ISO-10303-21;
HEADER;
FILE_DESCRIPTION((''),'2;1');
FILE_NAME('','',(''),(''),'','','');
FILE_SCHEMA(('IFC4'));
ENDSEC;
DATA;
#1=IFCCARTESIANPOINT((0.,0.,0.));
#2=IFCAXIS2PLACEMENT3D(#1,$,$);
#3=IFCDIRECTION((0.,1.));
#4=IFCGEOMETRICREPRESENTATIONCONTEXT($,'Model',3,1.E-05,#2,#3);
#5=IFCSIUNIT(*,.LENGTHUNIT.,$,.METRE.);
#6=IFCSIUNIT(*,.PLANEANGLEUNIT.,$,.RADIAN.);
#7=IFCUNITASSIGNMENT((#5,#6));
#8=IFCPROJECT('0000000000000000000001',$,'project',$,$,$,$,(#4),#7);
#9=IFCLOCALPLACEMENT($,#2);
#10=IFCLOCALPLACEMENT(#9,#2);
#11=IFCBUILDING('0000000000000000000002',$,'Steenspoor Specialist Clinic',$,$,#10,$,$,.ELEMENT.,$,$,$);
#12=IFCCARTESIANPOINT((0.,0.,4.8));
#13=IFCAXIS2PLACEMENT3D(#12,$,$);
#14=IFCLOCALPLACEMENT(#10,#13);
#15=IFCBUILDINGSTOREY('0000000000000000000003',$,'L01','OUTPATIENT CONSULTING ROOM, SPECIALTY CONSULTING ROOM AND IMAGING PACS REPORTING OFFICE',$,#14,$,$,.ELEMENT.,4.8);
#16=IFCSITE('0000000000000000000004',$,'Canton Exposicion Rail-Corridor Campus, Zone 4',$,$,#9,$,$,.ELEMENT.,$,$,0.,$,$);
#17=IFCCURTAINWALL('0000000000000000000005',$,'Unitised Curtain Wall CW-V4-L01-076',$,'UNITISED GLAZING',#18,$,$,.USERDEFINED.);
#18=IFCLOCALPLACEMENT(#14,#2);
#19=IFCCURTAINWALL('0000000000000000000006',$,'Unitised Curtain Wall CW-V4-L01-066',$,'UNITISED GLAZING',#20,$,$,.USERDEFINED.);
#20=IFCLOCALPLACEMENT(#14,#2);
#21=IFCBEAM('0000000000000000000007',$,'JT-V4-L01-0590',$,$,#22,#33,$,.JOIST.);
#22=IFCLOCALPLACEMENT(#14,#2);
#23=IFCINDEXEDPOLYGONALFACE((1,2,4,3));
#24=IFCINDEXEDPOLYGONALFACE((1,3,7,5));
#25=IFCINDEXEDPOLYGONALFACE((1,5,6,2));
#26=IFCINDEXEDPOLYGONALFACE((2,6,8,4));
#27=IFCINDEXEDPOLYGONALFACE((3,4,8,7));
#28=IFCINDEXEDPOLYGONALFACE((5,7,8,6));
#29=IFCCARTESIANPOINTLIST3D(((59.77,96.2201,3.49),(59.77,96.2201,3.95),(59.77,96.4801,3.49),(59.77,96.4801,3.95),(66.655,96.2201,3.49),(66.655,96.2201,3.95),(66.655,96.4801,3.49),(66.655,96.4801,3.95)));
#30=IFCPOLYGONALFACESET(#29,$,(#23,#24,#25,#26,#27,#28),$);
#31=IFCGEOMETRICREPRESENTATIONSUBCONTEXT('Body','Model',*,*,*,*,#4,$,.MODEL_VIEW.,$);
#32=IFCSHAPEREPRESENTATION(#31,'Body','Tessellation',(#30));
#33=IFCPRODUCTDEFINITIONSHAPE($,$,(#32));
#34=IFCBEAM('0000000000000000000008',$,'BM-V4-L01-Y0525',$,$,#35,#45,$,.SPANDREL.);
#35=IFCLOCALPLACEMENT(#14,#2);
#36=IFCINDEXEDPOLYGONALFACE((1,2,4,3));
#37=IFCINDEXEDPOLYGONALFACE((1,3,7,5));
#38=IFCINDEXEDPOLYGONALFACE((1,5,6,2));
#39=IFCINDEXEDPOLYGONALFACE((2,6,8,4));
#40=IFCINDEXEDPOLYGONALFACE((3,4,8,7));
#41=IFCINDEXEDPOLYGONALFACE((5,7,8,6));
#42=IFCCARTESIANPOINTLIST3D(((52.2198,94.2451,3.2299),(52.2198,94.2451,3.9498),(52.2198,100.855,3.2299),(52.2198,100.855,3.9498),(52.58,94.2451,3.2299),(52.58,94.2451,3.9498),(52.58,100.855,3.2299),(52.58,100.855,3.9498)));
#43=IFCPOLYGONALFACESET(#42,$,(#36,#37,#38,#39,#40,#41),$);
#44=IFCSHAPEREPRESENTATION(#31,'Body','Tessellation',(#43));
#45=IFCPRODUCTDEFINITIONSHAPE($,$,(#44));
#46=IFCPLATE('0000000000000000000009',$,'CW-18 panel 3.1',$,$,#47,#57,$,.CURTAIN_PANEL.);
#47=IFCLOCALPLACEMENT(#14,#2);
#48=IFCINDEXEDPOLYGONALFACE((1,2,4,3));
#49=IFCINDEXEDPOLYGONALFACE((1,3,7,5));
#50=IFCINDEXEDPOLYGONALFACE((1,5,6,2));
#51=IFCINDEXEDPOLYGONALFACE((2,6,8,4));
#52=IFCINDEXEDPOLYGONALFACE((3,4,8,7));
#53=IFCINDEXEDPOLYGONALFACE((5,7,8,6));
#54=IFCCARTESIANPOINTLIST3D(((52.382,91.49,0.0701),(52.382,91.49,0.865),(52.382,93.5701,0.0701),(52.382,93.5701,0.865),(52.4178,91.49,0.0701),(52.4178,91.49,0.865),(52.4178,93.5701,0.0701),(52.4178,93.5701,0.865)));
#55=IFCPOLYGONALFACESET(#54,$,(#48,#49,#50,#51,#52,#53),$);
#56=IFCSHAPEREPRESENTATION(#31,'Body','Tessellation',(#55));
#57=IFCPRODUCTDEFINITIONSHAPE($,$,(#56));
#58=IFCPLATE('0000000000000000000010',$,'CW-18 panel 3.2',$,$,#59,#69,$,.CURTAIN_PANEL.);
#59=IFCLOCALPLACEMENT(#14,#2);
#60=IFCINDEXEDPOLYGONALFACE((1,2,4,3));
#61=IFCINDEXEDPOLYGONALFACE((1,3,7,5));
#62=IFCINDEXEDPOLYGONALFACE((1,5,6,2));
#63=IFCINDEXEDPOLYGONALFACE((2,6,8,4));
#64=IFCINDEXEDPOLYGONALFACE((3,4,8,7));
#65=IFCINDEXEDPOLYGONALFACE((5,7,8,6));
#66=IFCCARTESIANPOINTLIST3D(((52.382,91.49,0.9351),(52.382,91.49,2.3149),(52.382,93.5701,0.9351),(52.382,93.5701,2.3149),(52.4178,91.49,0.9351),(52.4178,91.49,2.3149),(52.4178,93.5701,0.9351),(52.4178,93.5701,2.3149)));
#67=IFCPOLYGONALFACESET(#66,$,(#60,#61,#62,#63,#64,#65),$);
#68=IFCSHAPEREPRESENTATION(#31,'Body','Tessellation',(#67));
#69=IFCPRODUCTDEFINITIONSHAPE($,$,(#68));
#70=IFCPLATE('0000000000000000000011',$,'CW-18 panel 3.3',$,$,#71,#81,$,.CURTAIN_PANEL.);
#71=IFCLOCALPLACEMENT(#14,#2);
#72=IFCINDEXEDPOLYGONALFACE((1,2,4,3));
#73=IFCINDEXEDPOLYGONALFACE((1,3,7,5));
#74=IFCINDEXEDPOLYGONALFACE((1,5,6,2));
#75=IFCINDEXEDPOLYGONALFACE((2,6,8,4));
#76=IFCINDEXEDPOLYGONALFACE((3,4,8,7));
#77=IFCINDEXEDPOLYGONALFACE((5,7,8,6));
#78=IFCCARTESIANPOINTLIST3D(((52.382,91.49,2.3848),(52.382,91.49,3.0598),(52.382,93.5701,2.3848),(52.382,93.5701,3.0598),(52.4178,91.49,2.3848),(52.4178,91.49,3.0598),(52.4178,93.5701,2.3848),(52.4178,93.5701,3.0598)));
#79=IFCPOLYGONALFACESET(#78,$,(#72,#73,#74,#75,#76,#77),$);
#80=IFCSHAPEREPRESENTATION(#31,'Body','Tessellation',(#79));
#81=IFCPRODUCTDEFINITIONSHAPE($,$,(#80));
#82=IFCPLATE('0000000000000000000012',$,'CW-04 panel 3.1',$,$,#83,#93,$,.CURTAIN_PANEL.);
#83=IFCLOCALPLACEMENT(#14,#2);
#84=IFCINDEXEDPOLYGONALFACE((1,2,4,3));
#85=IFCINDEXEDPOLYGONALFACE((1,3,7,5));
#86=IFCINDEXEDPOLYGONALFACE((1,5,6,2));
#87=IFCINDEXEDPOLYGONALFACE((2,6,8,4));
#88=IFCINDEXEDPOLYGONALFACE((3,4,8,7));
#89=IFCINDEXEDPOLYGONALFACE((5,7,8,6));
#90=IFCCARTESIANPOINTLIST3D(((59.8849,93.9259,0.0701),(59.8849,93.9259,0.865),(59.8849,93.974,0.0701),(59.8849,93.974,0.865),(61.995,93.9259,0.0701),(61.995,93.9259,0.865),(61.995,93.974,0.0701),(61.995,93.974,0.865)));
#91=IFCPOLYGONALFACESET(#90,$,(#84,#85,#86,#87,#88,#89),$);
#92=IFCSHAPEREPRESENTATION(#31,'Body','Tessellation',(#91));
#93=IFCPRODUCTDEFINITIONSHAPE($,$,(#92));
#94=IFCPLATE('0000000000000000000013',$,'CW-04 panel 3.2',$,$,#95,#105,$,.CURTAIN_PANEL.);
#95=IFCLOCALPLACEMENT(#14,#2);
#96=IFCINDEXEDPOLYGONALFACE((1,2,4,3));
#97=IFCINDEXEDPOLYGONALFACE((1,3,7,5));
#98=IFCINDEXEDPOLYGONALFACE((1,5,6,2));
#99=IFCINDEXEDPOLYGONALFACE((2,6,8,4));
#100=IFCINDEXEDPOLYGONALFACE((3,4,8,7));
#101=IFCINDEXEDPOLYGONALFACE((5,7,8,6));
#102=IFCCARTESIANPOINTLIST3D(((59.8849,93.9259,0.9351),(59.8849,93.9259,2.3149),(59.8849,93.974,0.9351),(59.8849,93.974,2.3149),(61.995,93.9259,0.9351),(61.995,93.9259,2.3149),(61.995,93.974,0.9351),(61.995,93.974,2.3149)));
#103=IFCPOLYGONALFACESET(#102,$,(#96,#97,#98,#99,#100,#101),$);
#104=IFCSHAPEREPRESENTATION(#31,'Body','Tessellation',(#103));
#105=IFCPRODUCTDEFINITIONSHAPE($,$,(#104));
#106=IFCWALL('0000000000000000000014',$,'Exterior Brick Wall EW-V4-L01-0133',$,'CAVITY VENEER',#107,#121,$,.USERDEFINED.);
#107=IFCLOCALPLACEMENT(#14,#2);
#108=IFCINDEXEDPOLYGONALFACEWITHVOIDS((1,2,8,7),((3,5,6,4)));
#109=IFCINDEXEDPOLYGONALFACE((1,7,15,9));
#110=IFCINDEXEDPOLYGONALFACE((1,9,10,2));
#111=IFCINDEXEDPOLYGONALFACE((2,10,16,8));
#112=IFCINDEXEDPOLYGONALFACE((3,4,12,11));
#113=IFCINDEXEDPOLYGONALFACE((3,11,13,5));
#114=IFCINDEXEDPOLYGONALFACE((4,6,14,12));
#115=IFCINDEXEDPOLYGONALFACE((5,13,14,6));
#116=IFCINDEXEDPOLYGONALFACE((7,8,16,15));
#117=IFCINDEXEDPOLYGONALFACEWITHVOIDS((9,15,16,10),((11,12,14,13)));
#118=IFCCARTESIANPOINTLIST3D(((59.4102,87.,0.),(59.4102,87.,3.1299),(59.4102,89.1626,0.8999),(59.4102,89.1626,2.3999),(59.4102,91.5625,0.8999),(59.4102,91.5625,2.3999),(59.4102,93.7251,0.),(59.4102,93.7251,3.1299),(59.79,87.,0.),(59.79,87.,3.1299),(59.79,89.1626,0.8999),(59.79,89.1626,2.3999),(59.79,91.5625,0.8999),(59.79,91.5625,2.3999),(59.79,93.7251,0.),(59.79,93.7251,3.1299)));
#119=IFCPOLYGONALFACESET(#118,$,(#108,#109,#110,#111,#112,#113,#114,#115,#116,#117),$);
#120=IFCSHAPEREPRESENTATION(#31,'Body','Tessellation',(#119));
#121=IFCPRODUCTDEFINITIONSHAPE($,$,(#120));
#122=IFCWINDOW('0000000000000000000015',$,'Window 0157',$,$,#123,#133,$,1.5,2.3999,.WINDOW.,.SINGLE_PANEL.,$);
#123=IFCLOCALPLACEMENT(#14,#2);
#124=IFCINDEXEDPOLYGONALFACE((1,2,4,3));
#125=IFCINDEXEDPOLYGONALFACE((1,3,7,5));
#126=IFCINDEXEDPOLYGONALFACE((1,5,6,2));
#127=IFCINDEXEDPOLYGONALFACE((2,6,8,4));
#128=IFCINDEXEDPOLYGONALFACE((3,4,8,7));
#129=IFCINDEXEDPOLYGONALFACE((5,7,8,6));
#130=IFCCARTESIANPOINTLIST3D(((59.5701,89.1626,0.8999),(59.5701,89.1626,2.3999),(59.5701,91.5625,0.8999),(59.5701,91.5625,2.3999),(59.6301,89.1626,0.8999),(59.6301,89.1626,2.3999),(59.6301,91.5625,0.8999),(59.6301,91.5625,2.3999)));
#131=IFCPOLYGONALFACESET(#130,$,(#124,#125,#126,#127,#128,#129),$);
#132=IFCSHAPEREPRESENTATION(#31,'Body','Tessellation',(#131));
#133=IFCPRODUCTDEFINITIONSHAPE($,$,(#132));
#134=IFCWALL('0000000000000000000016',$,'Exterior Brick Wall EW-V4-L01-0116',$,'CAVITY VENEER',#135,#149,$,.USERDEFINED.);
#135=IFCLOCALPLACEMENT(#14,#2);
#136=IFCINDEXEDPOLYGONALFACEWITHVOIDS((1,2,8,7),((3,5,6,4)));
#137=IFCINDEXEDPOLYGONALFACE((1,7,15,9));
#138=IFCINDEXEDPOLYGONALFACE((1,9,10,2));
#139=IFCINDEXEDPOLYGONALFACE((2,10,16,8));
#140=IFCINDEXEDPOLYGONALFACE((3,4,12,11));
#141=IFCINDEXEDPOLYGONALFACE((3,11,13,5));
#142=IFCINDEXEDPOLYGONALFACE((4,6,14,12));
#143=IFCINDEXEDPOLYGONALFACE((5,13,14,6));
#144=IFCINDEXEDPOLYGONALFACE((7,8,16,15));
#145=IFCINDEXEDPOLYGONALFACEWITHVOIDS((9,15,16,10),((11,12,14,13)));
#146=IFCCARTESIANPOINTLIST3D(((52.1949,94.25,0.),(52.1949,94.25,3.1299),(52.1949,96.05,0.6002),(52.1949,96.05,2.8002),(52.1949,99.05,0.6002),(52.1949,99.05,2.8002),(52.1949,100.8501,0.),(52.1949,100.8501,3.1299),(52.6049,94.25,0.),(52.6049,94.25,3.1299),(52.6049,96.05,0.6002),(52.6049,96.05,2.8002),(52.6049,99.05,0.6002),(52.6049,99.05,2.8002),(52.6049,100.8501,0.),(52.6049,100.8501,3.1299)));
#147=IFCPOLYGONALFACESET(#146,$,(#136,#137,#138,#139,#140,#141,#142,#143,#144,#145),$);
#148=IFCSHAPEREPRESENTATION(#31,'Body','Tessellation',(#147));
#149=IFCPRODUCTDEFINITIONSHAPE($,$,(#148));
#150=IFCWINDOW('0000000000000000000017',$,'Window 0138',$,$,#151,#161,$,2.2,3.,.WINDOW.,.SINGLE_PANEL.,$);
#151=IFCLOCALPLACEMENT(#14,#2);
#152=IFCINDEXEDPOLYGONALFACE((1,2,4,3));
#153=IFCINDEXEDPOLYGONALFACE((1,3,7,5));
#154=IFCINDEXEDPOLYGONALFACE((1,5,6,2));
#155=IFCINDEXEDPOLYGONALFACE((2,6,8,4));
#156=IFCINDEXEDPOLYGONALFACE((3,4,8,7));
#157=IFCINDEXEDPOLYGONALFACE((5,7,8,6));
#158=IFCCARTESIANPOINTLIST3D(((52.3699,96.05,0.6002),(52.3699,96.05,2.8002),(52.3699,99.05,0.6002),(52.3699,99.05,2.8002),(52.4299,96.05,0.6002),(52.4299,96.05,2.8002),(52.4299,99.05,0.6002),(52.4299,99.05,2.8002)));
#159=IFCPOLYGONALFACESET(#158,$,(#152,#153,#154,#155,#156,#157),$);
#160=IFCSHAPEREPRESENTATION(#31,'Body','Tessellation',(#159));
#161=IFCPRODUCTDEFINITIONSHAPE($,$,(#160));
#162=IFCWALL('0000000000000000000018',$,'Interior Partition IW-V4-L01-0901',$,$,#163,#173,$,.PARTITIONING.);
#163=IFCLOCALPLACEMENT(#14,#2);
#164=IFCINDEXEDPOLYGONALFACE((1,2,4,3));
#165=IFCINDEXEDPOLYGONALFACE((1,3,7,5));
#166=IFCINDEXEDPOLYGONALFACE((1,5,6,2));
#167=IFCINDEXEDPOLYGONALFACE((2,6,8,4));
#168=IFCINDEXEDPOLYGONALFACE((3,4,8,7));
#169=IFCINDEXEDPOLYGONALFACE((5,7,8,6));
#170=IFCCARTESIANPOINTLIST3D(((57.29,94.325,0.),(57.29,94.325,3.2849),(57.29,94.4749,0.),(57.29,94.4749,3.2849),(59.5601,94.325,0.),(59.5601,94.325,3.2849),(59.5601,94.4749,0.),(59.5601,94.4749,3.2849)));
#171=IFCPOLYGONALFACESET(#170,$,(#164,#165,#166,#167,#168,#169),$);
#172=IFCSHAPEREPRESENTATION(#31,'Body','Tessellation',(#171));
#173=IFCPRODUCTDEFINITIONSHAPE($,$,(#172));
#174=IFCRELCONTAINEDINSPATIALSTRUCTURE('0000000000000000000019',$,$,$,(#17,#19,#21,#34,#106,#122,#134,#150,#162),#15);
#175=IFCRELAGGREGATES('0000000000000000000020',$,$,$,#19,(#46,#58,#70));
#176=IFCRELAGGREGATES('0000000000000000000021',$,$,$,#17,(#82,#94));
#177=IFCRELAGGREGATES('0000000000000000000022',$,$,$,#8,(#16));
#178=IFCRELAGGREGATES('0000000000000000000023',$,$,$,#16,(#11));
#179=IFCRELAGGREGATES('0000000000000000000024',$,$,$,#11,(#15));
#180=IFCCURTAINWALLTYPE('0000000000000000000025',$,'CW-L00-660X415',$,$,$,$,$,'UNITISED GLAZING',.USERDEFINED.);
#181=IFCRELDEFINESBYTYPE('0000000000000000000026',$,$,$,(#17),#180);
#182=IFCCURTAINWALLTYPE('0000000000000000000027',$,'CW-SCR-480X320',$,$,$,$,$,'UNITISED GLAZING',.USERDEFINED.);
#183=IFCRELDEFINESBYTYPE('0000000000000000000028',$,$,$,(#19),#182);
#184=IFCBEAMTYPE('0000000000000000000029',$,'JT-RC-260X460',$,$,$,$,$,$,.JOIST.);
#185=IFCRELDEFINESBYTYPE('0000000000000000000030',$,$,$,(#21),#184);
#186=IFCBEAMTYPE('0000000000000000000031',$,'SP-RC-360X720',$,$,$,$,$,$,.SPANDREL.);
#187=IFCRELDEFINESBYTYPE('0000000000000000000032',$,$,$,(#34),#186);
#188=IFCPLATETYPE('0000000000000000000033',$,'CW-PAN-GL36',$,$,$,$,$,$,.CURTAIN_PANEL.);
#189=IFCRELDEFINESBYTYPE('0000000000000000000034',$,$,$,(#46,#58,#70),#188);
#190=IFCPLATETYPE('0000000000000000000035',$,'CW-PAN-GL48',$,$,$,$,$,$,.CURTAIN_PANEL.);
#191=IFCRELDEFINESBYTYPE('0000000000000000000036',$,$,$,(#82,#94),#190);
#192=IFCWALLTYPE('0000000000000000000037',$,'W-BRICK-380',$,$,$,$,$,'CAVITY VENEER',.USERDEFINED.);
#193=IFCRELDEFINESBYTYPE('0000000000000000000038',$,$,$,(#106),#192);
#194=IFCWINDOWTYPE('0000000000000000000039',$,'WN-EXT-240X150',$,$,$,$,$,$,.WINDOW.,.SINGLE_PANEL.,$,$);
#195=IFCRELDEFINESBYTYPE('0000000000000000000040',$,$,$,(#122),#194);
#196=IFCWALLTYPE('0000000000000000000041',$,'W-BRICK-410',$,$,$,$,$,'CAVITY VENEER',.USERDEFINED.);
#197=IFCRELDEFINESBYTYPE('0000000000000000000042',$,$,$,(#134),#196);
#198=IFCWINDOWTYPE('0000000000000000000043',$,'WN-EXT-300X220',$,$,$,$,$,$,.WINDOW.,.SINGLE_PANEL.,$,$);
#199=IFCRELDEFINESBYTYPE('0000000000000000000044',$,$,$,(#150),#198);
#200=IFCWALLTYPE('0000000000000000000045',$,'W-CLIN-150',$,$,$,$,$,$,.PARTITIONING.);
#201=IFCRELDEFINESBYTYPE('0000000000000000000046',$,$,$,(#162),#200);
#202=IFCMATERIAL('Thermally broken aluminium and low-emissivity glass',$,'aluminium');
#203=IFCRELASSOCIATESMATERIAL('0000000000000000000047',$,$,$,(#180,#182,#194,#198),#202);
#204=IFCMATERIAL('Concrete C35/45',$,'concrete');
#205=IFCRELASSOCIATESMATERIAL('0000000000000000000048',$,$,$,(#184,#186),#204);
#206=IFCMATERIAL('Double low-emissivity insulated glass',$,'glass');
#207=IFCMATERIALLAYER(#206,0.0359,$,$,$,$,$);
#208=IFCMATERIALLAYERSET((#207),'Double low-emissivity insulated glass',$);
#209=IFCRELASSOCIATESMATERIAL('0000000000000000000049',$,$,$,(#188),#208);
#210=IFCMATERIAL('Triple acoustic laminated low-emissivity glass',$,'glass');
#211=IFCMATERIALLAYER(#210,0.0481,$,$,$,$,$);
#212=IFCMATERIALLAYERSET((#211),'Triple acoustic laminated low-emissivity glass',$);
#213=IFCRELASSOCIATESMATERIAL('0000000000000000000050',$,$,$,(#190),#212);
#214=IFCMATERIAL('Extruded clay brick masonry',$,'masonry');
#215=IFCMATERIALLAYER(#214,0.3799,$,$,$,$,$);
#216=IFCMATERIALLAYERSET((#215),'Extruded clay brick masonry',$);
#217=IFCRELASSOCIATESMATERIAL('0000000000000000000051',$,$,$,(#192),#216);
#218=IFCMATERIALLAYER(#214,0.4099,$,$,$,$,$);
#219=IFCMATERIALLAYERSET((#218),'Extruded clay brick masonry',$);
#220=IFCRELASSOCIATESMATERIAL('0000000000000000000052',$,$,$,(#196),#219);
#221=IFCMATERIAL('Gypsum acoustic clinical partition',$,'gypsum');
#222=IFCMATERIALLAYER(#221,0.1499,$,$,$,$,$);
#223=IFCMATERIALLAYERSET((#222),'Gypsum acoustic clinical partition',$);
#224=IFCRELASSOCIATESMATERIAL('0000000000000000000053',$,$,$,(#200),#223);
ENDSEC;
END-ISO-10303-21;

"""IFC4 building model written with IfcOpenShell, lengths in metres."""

from ifc_helpers import new_model, si_unit, direction, frame, frame_2d, origin, origin_2d, place, context, subcontext, project, spatial, rectangle, extrude, material, layer, layer_set, material_profile, profile_set, type_object, element, fill, aggregate, save


model = new_model("IFC4")

# Units and contexts
model_context = context("Model", 3, precision=1e-05, world=origin(), true_north=direction((0.0, 1.0)))
body_context = subcontext(model_context, "Body", "Model", "MODEL_VIEW")
ifc_project = project(units=[si_unit("LENGTHUNIT", "METRE"), si_unit("PLANEANGLEUNIT", "RADIAN")], contexts=[model_context])

# Site, building, storey
site_placement = place(None, origin())
site = spatial("IfcSite", under=ifc_project, at=site_placement, Name="Canton Exposicion Rail-Corridor Campus, Zone 4", CompositionType="ELEMENT", RefElevation=0.0)
building_placement = place(site_placement, origin())
building = spatial("IfcBuilding", under=site, at=building_placement, Name="Steenspoor Specialist Clinic", CompositionType="ELEMENT")
storey_placement = place(building_placement, frame((0.0, 0.0, 4.8)))
storey = spatial("IfcBuildingStorey", under=building, at=storey_placement, Name="L01", Description="OUTPATIENT CONSULTING ROOM, SPECIALTY CONSULTING ROOM AND IMAGING PACS REPORTING OFFICE", CompositionType="ELEMENT", Elevation=4.8)

# Shared definitions
ifc_material_1 = material(Name="Concrete C35/45", Category="concrete")

# Curtain wall
ifc_material_2 = material(Name="Thermally broken aluminium and low-emissivity glass", Category="aluminium")
curtain_wall_type_1 = type_object("IfcCurtainWallType", Name="CW-L00-660X415", ElementType="UNITISED GLAZING", PredefinedType="USERDEFINED", material=ifc_material_2)
curtain_wall_1_placement = place(storey_placement, origin())
curtain_wall_1 = element("IfcCurtainWall", 1, at=curtain_wall_1_placement, inside=storey, type_object=curtain_wall_type_1, Name="Unitised Curtain Wall CW-V4-L01-076", ObjectType="UNITISED GLAZING", PredefinedType="USERDEFINED")

# Curtain wall
curtain_wall_type_2 = type_object("IfcCurtainWallType", Name="CW-SCR-480X320", ElementType="UNITISED GLAZING", PredefinedType="USERDEFINED", material=ifc_material_2)
curtain_wall_2_placement = place(storey_placement, origin())
curtain_wall_2 = element("IfcCurtainWall", 2, at=curtain_wall_2_placement, inside=storey, type_object=curtain_wall_type_2, Name="Unitised Curtain Wall CW-V4-L01-066", ObjectType="UNITISED GLAZING", PredefinedType="USERDEFINED")

# Beams
ifc_material_profile_1 = material_profile(ifc_material_1, rectangle(XDim=0.26, YDim=0.46, at=origin_2d()), Name="RC-JT-260X460")
ifc_profile_set_1 = profile_set([ifc_material_profile_1], Name="Concrete C35/45")
beam_type_1 = type_object("IfcBeamType", Name="JT-RC-260X460", PredefinedType="JOIST", material=ifc_profile_set_1)
beam_1_placement = place(storey_placement, frame((59.77, 96.3501, 3.72), z_axis=(1.0, 0.0, 0.0), x_axis=(0.0, 1.0, 0.0)))
element("IfcBeam", 3, at=beam_1_placement, inside=storey, type_object=beam_type_1, Name="JT-V4-L01-0590", PredefinedType="JOIST", context=body_context, shape_type="SweptSolid", body=[
    extrude(rectangle(XDim=0.26, YDim=0.46, at=origin_2d()), origin(), (0.0, 0.0, 1.0), 6.885),
])
ifc_material_profile_2 = material_profile(ifc_material_1, rectangle(XDim=0.3601, YDim=0.72, at=origin_2d()), Name="RC-SP-360X720")
ifc_profile_set_2 = profile_set([ifc_material_profile_2], Name="Concrete C35/45")
beam_type_2 = type_object("IfcBeamType", Name="SP-RC-360X720", PredefinedType="SPANDREL", material=ifc_profile_set_2)
beam_2_placement = place(storey_placement, frame((52.3999, 94.2451, 3.5898), z_axis=(0.0, 1.0, 0.0), x_axis=(-1.0, 0.0, 0.0)))
element("IfcBeam", 4, at=beam_2_placement, inside=storey, type_object=beam_type_2, Name="BM-V4-L01-Y0525", PredefinedType="SPANDREL", context=body_context, shape_type="SweptSolid", body=[
    extrude(rectangle(XDim=0.3601, YDim=0.72, at=origin_2d()), origin(), (0.0, 0.0, 1.0), 6.6099),
])

# Plates
ifc_material_3 = material(Name="Double low-emissivity insulated glass", Category="glass")
ifc_layer_1 = layer(ifc_material_3, 0.0359)
ifc_layer_set_1 = layer_set([ifc_layer_1], Name="Double low-emissivity insulated glass")
plate_type_1 = type_object("IfcPlateType", Name="CW-PAN-GL36", PredefinedType="CURTAIN_PANEL", material=ifc_layer_set_1)
plate_1_placement = place(storey_placement, frame((52.3999, 92.53, 0.0701), z_axis=(0.0, 0.0, 1.0), x_axis=(0.0, 1.0, 0.0)))
plate_1 = element("IfcPlate", 5, at=plate_1_placement, type_object=plate_type_1, Name="CW-18 panel 3.1", PredefinedType="CURTAIN_PANEL", context=body_context, shape_type="SweptSolid", body=[
    extrude(rectangle(XDim=2.0801, YDim=0.0359, at=origin_2d()), origin(), (0.0, 0.0, 1.0), 0.7949),
])
plate_2_placement = place(storey_placement, frame((52.3999, 92.53, 0.9351), z_axis=(0.0, 0.0, 1.0), x_axis=(0.0, 1.0, 0.0)))
plate_2 = element("IfcPlate", 6, at=plate_2_placement, type_object=plate_type_1, Name="CW-18 panel 3.2", PredefinedType="CURTAIN_PANEL", context=body_context, shape_type="SweptSolid", body=[
    extrude(rectangle(XDim=2.0801, YDim=0.0359, at=origin_2d()), origin(), (0.0, 0.0, 1.0), 1.3799),
])
plate_3_placement = place(storey_placement, frame((52.3999, 92.53, 2.3848), z_axis=(0.0, 0.0, 1.0), x_axis=(0.0, 1.0, 0.0)))
plate_3 = element("IfcPlate", 7, at=plate_3_placement, type_object=plate_type_1, Name="CW-18 panel 3.3", PredefinedType="CURTAIN_PANEL", context=body_context, shape_type="SweptSolid", body=[
    extrude(rectangle(XDim=2.0801, YDim=0.0359, at=origin_2d()), origin(), (0.0, 0.0, 1.0), 0.675),
])
aggregate(curtain_wall_2, [plate_1, plate_2, plate_3])
ifc_material_4 = material(Name="Triple acoustic laminated low-emissivity glass", Category="glass")
ifc_layer_2 = layer(ifc_material_4, 0.0481)
ifc_layer_set_2 = layer_set([ifc_layer_2], Name="Triple acoustic laminated low-emissivity glass")
plate_type_2 = type_object("IfcPlateType", Name="CW-PAN-GL48", PredefinedType="CURTAIN_PANEL", material=ifc_layer_set_2)
plate_4_placement = place(storey_placement, frame((60.9399, 93.95, 0.0701), z_axis=(0.0, 0.0, 1.0), x_axis=(-1.0, 0.0, 0.0)))
plate_4 = element("IfcPlate", 8, at=plate_4_placement, type_object=plate_type_2, Name="CW-04 panel 3.1", PredefinedType="CURTAIN_PANEL", context=body_context, shape_type="SweptSolid", body=[
    extrude(rectangle(XDim=2.1101, YDim=0.0481, at=origin_2d()), origin(), (0.0, 0.0, 1.0), 0.7949),
])
plate_5_placement = place(storey_placement, frame((60.9399, 93.95, 0.9351), z_axis=(0.0, 0.0, 1.0), x_axis=(-1.0, 0.0, 0.0)))
plate_5 = element("IfcPlate", 9, at=plate_5_placement, type_object=plate_type_2, Name="CW-04 panel 3.2", PredefinedType="CURTAIN_PANEL", context=body_context, shape_type="SweptSolid", body=[
    extrude(rectangle(XDim=2.1101, YDim=0.0481, at=origin_2d()), origin(), (0.0, 0.0, 1.0), 1.3799),
])
aggregate(curtain_wall_1, [plate_4, plate_5])

# Walls, openings, windows
ifc_material_5 = material(Name="Extruded clay brick masonry", Category="masonry")
ifc_layer_3 = layer(ifc_material_5, 0.3799)
ifc_layer_set_3 = layer_set([ifc_layer_3], Name="Extruded clay brick masonry")
wall_type_1 = type_object("IfcWallType", Name="W-BRICK-380", ElementType="CAVITY VENEER", PredefinedType="USERDEFINED", material=ifc_layer_set_3)
wall_1_placement = place(storey_placement, frame((59.6001, 93.7251, 0.0), z_axis=(0.0, 0.0, 1.0), x_axis=(0.0, -1.0, 0.0)))
wall_1 = element("IfcWall", 10, at=wall_1_placement, inside=storey, type_object=wall_type_1, Name="Exterior Brick Wall EW-V4-L01-0133", ObjectType="CAVITY VENEER", PredefinedType="USERDEFINED", context=body_context, shape_type="SweptSolid", body=[
    extrude(rectangle(XDim=6.7251, YDim=0.3799, at=frame_2d((3.3625, 0.0))), origin(), (0.0, 0.0, 1.0), 3.1299),
])
opening_1_placement = place(wall_1_placement, frame((2.1626, 0.0, 0.8999)))
opening_1 = element("IfcOpeningElement", 11, at=opening_1_placement, cuts=wall_1, PredefinedType="OPENING", context=body_context, shape_type="SweptSolid", body=[
    extrude(rectangle(XDim=2.3999, YDim=1.5, at=frame_2d((1.2, 0.75))), frame((0.0, 0.2, 0.0), z_axis=(0.0, -1.0, 0.0), x_axis=(1.0, 0.0, 0.0)), (0.0, 0.0, 1.0), 0.3999),
])
window_type_1 = type_object("IfcWindowType", Name="WN-EXT-240X150", PartitioningType="SINGLE_PANEL", PredefinedType="WINDOW", material=ifc_material_2)
window_1_placement = place(opening_1_placement, origin())
window_1 = element("IfcWindow", 12, at=window_1_placement, inside=storey, type_object=window_type_1, Name="Window 0157", OverallHeight=1.5, OverallWidth=2.3999, PartitioningType="SINGLE_PANEL", PredefinedType="WINDOW", context=body_context, shape_type="SweptSolid", body=[
    extrude(rectangle(XDim=2.3999, YDim=1.5, at=frame_2d((1.2, 0.75))), frame((0.0, 0.03, 0.0), z_axis=(0.0, -1.0, 0.0), x_axis=(1.0, 0.0, 0.0)), (0.0, 0.0, 1.0), 0.0601),
])
fill(opening_1, window_1)
ifc_layer_4 = layer(ifc_material_5, 0.4099)
ifc_layer_set_4 = layer_set([ifc_layer_4], Name="Extruded clay brick masonry")
wall_type_2 = type_object("IfcWallType", Name="W-BRICK-410", ElementType="CAVITY VENEER", PredefinedType="USERDEFINED", material=ifc_layer_set_4)
wall_2_placement = place(storey_placement, frame((52.3999, 94.25, 0.0), z_axis=(0.0, 0.0, 1.0), x_axis=(0.0, 1.0, 0.0)))
wall_2 = element("IfcWall", 13, at=wall_2_placement, inside=storey, type_object=wall_type_2, Name="Exterior Brick Wall EW-V4-L01-0116", ObjectType="CAVITY VENEER", PredefinedType="USERDEFINED", context=body_context, shape_type="SweptSolid", body=[
    extrude(rectangle(XDim=6.6001, YDim=0.4099, at=frame_2d((3.3, 0.0))), origin(), (0.0, 0.0, 1.0), 3.1299),
])
opening_2_placement = place(wall_2_placement, frame((1.8, 0.0, 0.6001)))
opening_2 = element("IfcOpeningElement", 14, at=opening_2_placement, cuts=wall_2, PredefinedType="OPENING", context=body_context, shape_type="SweptSolid", body=[
    extrude(rectangle(XDim=3.0, YDim=2.2, at=frame_2d((1.5, 1.1001))), frame((0.0, 0.2148, 0.0), z_axis=(0.0, -1.0, 0.0), x_axis=(1.0, 0.0, 0.0)), (0.0, 0.0, 1.0), 0.4299),
])
window_type_2 = type_object("IfcWindowType", Name="WN-EXT-300X220", PartitioningType="SINGLE_PANEL", PredefinedType="WINDOW", material=ifc_material_2)
window_2_placement = place(opening_2_placement, origin())
window_2 = element("IfcWindow", 15, at=window_2_placement, inside=storey, type_object=window_type_2, Name="Window 0138", OverallHeight=2.2, OverallWidth=3.0, PartitioningType="SINGLE_PANEL", PredefinedType="WINDOW", context=body_context, shape_type="SweptSolid", body=[
    extrude(rectangle(XDim=3.0, YDim=2.2, at=frame_2d((1.5, 1.1001))), frame((0.0, 0.03, 0.0), z_axis=(0.0, -1.0, 0.0), x_axis=(1.0, 0.0, 0.0)), (0.0, 0.0, 1.0), 0.0601),
])
fill(opening_2, window_2)

# Wall
ifc_material_6 = material(Name="Gypsum acoustic clinical partition", Category="gypsum")
ifc_layer_5 = layer(ifc_material_6, 0.1499)
ifc_layer_set_5 = layer_set([ifc_layer_5], Name="Gypsum acoustic clinical partition")
wall_type_3 = type_object("IfcWallType", Name="W-CLIN-150", PredefinedType="PARTITIONING", material=ifc_layer_set_5)
wall_3_placement = place(storey_placement, frame((57.29, 94.3999, 0.0), z_axis=(0.0, 0.0, 1.0), x_axis=(1.0, 0.0, 0.0)))
element("IfcWall", 16, at=wall_3_placement, inside=storey, type_object=wall_type_3, Name="Interior Partition IW-V4-L01-0901", PredefinedType="PARTITIONING", context=body_context, shape_type="SweptSolid", body=[
    extrude(rectangle(XDim=2.27, YDim=0.1499, at=frame_2d((1.135, 0.0))), origin(), (0.0, 0.0, 1.0), 3.2849),
])

save(model, "model.ifc")
